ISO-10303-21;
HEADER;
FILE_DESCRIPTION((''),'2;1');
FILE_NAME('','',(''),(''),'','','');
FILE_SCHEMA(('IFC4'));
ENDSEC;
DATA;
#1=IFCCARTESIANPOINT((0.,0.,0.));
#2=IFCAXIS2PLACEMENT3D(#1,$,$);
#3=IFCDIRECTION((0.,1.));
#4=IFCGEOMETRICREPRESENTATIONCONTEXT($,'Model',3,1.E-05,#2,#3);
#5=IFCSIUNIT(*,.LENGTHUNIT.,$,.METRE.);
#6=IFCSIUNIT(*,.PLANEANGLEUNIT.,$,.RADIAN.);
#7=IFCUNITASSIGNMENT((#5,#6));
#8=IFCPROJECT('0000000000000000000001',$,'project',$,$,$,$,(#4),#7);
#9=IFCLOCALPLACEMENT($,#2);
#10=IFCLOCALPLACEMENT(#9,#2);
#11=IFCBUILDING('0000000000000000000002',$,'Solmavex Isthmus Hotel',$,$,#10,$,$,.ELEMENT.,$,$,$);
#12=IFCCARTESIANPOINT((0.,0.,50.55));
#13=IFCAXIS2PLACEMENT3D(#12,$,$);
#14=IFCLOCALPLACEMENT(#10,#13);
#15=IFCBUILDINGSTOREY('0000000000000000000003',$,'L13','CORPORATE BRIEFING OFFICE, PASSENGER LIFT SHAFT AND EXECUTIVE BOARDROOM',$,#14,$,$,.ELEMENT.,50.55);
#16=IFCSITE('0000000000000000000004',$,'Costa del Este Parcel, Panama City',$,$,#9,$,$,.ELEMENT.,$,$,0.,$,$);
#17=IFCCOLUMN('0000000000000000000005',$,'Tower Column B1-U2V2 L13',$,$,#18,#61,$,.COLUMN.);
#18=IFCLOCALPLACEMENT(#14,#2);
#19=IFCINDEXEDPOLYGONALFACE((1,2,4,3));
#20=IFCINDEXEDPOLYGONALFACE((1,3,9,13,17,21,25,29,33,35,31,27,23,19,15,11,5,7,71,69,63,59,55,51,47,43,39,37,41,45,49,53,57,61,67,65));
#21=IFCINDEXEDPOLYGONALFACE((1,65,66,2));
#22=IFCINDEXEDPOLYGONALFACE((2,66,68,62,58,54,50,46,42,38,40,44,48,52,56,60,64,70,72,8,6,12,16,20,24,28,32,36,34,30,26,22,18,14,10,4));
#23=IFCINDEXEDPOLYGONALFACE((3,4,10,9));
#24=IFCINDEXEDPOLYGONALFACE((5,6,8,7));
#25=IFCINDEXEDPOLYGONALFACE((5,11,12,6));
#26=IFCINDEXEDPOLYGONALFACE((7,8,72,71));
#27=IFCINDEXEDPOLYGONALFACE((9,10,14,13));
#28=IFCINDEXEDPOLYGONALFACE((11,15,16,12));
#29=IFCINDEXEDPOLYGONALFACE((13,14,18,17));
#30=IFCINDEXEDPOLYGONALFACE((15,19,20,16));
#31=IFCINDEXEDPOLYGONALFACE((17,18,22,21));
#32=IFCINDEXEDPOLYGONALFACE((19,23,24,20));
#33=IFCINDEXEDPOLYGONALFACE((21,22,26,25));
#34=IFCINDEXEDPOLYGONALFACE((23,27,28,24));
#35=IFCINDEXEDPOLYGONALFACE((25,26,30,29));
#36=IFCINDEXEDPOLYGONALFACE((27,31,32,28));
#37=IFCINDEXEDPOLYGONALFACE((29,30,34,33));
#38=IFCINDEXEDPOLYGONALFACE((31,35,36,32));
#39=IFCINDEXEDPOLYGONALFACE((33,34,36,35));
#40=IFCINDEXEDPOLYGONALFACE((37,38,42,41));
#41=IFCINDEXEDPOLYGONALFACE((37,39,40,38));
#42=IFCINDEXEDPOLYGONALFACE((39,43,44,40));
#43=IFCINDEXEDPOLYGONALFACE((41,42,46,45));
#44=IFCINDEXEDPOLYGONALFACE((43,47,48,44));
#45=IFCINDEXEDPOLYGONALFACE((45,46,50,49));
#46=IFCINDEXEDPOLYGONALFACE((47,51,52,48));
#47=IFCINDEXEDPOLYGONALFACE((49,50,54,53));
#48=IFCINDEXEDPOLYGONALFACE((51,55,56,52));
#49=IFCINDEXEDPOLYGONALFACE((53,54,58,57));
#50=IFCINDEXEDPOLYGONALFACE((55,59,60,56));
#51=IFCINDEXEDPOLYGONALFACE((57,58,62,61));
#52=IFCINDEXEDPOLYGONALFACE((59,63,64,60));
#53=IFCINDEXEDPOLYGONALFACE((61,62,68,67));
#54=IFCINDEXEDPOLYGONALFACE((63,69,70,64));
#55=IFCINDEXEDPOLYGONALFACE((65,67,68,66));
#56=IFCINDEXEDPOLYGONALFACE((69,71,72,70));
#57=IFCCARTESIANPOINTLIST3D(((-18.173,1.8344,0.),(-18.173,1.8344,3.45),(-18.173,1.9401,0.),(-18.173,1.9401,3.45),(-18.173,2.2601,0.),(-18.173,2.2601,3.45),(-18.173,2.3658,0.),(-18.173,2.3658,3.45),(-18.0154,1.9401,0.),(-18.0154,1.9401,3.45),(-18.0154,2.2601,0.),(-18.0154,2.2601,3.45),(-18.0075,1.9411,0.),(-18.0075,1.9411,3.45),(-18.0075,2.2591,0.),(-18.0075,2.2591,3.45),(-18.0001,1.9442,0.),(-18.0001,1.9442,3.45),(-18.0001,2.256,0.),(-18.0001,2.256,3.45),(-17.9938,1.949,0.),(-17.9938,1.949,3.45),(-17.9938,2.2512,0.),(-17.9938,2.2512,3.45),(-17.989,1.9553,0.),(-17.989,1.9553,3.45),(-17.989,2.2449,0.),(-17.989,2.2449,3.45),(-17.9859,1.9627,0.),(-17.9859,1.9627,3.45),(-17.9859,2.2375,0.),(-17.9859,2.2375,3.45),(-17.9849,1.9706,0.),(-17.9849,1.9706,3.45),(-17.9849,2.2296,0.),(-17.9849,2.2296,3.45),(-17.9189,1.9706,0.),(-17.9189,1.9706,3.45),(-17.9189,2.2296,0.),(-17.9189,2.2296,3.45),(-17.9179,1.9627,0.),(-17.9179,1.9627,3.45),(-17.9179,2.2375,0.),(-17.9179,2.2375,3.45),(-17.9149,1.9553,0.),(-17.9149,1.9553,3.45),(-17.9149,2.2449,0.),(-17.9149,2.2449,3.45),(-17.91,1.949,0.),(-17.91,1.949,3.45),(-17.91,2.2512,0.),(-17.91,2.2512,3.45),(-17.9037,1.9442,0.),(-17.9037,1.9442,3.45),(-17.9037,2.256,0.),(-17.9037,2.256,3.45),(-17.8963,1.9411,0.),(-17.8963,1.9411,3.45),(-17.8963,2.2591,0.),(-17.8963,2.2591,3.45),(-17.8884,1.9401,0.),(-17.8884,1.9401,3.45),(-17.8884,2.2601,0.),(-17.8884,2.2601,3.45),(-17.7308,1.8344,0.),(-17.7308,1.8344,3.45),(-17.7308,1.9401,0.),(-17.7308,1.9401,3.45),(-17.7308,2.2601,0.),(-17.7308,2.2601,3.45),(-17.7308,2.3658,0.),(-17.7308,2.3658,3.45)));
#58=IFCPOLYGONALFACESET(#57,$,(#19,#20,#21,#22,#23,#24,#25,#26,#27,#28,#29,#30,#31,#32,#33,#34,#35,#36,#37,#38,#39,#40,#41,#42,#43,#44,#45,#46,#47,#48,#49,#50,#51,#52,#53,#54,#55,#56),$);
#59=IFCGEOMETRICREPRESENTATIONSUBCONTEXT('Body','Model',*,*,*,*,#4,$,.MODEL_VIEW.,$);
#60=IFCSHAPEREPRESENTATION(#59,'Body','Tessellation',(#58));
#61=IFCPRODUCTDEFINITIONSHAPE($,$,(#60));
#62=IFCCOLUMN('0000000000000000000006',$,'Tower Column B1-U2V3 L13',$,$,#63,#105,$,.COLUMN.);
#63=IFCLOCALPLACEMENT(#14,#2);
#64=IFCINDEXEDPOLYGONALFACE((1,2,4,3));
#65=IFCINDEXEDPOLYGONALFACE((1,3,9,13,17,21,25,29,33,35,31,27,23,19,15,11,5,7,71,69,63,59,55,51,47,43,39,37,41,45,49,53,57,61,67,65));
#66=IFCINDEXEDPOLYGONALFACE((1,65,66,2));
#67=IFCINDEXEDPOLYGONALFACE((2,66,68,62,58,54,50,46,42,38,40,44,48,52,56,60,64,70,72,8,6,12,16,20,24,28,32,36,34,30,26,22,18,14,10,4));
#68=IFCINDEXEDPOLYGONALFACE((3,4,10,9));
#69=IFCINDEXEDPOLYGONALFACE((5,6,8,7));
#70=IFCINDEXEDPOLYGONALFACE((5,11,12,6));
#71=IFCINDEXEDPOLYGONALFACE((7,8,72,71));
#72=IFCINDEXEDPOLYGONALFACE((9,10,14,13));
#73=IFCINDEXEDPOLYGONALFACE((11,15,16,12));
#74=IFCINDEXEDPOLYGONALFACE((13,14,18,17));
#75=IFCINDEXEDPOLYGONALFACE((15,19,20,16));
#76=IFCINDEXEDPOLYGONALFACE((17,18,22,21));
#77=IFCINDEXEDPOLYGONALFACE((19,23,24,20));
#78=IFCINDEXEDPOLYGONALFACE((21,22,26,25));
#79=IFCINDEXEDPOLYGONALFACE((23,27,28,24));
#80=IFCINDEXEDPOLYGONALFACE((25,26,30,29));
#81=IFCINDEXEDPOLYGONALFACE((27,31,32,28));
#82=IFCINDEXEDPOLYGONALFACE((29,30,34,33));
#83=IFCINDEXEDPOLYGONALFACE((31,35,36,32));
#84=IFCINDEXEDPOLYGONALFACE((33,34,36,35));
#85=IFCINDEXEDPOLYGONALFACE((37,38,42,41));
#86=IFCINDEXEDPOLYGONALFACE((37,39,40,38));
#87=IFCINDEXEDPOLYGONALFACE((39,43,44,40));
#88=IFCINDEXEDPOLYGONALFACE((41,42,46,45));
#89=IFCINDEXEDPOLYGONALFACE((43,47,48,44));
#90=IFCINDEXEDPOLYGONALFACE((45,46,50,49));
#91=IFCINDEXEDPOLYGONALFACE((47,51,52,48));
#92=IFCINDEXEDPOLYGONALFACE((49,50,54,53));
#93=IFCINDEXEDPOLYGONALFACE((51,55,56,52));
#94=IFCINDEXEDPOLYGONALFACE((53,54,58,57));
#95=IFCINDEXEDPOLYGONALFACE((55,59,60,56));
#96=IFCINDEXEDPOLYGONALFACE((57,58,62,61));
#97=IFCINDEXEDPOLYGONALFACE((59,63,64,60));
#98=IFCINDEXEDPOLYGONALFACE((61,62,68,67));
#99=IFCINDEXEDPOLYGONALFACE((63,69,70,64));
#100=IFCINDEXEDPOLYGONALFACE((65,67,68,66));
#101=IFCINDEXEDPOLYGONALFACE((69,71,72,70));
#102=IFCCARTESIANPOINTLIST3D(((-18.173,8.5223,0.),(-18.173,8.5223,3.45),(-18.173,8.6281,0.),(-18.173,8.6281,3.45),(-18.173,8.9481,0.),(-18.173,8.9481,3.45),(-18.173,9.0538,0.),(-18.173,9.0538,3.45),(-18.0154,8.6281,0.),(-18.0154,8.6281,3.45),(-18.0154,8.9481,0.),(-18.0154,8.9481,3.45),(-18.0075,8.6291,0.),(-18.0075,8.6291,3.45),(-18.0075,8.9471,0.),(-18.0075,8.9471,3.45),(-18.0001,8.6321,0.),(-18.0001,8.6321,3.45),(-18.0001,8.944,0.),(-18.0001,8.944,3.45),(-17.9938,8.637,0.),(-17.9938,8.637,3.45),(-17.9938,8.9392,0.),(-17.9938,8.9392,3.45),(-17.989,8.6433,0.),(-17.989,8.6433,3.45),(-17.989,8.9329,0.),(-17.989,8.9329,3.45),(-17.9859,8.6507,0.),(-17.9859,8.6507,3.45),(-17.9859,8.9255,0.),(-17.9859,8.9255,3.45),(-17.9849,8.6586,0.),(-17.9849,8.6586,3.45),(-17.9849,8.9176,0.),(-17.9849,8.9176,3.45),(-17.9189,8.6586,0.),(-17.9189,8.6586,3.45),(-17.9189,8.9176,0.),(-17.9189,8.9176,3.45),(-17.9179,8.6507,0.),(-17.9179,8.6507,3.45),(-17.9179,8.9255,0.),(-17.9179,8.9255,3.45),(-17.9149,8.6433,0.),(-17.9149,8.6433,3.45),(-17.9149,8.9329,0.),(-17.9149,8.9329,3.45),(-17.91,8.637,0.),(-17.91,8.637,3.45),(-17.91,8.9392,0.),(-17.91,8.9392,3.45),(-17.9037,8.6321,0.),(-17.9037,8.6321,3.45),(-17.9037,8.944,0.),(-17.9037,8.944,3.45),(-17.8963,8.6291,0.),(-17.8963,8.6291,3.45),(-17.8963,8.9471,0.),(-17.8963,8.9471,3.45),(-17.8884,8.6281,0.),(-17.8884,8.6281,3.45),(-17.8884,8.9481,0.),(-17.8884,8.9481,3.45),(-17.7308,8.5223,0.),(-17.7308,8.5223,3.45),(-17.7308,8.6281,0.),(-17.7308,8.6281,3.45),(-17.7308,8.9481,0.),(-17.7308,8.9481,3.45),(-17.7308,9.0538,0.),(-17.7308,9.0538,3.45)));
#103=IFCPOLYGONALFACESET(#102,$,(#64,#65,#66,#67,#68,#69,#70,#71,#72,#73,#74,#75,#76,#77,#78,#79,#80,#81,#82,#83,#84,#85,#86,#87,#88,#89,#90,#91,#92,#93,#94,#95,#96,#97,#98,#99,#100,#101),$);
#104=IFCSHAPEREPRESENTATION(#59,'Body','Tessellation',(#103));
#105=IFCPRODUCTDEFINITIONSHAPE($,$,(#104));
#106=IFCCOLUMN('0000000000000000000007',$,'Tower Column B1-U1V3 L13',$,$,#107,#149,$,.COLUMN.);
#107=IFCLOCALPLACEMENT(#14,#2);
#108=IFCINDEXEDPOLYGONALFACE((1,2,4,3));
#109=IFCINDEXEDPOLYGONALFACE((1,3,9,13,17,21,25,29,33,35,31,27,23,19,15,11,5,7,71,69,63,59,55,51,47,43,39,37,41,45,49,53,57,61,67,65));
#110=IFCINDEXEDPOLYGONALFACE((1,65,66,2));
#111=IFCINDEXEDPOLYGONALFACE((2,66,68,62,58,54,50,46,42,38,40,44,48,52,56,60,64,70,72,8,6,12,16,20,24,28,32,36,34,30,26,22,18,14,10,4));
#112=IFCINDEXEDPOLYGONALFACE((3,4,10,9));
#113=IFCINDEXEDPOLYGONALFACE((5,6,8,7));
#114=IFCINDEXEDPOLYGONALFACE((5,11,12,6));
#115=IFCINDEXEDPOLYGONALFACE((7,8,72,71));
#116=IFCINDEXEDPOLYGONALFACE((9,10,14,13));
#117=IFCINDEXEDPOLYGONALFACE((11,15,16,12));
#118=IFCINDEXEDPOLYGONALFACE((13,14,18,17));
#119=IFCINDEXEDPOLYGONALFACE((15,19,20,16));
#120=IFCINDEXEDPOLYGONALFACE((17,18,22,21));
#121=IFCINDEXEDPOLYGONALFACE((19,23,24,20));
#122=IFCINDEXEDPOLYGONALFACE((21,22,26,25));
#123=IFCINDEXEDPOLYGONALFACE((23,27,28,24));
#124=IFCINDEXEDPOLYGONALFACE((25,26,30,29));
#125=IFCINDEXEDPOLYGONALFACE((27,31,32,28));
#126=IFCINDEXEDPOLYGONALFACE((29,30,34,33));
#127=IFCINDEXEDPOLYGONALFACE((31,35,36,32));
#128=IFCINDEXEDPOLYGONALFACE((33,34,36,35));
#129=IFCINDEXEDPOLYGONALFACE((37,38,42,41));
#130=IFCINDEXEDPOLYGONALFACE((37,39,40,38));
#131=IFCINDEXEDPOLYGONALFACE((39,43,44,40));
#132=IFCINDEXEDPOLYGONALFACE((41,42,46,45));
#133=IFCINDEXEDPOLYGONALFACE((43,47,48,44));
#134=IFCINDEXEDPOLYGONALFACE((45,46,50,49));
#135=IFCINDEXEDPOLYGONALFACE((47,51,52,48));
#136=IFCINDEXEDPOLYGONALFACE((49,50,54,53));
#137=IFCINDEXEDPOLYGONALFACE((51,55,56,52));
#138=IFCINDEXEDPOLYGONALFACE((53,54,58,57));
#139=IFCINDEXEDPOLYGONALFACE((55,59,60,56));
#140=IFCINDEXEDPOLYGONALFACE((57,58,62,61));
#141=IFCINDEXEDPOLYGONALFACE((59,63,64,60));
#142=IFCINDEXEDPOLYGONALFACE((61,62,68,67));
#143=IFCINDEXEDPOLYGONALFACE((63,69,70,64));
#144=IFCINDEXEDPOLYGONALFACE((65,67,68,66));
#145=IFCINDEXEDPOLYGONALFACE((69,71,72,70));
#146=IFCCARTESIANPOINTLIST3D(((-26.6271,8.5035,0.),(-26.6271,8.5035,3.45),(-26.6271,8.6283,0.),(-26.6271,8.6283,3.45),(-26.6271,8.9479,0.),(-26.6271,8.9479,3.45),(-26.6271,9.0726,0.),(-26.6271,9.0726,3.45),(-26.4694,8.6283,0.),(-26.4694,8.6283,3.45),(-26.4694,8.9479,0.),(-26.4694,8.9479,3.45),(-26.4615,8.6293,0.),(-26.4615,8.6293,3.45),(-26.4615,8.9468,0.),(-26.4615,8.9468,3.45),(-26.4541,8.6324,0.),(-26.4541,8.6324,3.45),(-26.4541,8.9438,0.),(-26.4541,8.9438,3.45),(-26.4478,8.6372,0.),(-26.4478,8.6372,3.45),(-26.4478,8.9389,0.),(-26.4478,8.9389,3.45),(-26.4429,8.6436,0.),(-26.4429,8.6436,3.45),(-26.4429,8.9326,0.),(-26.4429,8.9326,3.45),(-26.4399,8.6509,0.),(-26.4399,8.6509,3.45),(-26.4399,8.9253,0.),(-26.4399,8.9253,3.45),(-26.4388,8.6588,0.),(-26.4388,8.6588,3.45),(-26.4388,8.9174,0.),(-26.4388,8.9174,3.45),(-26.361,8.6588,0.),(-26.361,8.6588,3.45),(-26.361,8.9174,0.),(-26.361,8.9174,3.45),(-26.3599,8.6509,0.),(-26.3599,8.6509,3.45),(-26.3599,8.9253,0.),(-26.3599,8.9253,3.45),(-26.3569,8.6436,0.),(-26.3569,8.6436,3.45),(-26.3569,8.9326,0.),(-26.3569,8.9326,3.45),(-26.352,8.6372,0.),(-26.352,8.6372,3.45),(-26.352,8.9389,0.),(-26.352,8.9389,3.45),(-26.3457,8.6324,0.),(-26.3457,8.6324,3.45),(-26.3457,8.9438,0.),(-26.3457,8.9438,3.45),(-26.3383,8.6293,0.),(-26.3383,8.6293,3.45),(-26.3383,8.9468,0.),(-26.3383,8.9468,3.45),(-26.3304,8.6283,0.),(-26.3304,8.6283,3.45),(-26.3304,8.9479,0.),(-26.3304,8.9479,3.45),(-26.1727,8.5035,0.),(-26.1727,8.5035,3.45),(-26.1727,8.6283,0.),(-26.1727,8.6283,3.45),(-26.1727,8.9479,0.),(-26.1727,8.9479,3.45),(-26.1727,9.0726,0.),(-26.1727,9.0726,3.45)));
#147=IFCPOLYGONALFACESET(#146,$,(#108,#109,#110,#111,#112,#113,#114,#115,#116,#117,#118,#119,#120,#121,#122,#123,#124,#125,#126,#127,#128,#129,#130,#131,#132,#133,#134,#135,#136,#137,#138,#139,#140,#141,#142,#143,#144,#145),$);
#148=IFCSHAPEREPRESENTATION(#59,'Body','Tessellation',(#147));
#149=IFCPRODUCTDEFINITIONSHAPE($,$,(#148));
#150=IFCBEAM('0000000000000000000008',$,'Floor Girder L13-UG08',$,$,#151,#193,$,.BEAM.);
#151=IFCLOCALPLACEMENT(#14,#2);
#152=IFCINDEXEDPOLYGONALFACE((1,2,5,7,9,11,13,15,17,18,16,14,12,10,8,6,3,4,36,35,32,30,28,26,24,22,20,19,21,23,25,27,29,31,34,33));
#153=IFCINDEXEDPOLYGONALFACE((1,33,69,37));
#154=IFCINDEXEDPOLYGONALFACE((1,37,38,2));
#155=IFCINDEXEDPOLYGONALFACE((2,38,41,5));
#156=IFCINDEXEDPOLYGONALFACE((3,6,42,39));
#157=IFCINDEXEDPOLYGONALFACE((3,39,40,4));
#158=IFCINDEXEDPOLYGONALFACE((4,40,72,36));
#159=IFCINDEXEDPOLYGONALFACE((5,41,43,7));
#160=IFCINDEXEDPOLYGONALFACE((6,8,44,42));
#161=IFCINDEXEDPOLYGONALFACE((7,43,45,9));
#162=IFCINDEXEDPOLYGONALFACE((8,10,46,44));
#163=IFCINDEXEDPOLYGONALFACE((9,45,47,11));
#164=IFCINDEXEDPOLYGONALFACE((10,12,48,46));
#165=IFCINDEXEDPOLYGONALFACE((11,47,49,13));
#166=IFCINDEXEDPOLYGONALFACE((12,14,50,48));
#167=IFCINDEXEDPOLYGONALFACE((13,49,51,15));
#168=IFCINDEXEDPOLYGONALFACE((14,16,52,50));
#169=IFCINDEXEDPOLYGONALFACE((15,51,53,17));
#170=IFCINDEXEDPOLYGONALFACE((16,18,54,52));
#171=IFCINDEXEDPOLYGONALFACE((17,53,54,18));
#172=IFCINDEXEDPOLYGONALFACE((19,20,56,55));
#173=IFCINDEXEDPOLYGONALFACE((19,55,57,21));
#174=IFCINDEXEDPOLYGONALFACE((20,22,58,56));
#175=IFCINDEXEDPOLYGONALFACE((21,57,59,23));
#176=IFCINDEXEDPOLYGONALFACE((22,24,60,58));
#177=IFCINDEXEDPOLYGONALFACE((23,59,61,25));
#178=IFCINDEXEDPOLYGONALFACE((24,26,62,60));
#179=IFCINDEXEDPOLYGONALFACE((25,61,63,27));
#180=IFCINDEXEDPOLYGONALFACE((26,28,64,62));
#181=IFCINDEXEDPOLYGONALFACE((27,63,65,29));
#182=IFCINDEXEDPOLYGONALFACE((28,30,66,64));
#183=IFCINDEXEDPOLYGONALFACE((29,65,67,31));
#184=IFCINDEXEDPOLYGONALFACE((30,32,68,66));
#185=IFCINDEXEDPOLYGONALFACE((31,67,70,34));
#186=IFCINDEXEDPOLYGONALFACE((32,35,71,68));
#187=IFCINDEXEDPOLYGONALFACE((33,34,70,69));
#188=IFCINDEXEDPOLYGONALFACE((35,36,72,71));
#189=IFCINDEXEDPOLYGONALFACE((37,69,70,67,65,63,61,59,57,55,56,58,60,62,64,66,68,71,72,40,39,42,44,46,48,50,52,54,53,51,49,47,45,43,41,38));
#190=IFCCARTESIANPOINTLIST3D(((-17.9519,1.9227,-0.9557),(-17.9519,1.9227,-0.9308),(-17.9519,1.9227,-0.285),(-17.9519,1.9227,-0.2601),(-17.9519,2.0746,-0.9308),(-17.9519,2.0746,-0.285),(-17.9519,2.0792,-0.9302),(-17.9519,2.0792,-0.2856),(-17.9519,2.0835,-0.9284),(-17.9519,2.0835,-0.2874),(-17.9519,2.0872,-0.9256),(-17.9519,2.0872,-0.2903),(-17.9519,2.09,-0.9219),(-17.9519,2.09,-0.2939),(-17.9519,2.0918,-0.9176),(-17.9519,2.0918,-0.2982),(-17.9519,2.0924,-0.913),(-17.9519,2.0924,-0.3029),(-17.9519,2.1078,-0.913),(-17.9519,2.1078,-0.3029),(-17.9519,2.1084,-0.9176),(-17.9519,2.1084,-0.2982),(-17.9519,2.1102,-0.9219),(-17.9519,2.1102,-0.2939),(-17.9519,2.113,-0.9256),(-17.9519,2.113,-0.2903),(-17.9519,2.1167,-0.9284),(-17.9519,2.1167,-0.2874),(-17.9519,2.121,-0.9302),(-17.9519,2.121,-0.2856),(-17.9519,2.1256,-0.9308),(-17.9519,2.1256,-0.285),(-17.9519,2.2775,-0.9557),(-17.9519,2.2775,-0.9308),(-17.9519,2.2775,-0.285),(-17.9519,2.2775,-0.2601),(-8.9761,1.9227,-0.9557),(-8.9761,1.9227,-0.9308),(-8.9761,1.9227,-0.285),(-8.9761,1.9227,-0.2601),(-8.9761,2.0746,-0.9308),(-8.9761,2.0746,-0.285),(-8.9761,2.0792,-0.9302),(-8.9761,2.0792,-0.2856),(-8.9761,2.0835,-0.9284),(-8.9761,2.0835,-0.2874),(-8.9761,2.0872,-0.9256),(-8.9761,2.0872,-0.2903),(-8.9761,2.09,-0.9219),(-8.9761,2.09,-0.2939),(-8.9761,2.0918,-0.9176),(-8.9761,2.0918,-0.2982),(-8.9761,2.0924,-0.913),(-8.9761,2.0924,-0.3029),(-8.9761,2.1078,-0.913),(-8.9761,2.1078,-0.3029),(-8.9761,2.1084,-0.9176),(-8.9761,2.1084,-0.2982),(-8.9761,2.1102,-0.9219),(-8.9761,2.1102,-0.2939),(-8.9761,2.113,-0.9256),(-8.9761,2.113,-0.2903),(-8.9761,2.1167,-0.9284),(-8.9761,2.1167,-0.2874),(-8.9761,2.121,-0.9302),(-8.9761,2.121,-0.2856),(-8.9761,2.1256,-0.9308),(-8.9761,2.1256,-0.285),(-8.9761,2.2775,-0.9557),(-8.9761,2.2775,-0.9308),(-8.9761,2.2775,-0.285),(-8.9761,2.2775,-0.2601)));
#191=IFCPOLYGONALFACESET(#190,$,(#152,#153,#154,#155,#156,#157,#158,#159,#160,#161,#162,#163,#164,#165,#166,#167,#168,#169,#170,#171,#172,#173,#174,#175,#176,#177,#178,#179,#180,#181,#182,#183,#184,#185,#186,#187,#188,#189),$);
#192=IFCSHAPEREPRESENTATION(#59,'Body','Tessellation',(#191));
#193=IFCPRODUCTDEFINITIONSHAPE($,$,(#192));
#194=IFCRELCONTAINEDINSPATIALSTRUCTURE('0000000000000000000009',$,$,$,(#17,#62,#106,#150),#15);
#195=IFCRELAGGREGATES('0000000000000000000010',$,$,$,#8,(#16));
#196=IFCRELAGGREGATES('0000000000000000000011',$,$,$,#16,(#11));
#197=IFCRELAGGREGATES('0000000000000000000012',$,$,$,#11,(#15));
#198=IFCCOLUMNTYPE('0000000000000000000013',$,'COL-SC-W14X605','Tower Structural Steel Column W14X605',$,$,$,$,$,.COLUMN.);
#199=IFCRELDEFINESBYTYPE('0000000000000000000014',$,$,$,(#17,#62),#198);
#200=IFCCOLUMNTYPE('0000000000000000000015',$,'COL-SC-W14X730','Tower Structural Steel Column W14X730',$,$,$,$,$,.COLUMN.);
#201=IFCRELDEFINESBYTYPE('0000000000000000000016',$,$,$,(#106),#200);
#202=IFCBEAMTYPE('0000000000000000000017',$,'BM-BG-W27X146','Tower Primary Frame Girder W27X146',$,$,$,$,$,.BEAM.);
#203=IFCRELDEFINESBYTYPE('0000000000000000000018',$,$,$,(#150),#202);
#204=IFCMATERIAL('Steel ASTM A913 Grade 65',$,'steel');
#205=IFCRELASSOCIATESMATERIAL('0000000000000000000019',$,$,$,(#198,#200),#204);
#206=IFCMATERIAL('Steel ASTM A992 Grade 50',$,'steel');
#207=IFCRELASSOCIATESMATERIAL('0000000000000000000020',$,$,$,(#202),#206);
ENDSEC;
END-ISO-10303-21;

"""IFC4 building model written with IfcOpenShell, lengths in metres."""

from ifc_helpers import new_model, si_unit, direction, frame, origin, origin_2d, place, context, subcontext, project, spatial, i_section, extrude, material, material_profile, profile_set, type_object, element, save


model = new_model("IFC4")

# Units and contexts
model_context = context("Model", 3, precision=1e-05, world=origin(), true_north=direction((0.0, 1.0)))
body_context = subcontext(model_context, "Body", "Model", "MODEL_VIEW")
ifc_project = project(units=[si_unit("LENGTHUNIT", "METRE"), si_unit("PLANEANGLEUNIT", "RADIAN")], contexts=[model_context])

# Site, building, storey
site_placement = place(None, origin())
site = spatial("IfcSite", under=ifc_project, at=site_placement, Name="Costa del Este Parcel, Panama City", CompositionType="ELEMENT", RefElevation=0.0)
building_placement = place(site_placement, origin())
building = spatial("IfcBuilding", under=site, at=building_placement, Name="Solmavex Isthmus Hotel", CompositionType="ELEMENT")
storey_placement = place(building_placement, frame((0.0, 0.0, 50.55)))
storey = spatial("IfcBuildingStorey", under=building, at=storey_placement, Name="L13", Description="CORPORATE BRIEFING OFFICE, PASSENGER LIFT SHAFT AND EXECUTIVE BOARDROOM", CompositionType="ELEMENT", Elevation=50.55)

# Columns
ifc_material_1 = material(Name="Steel ASTM A913 Grade 65", Category="steel")
ifc_material_profile_1 = material_profile(ifc_material_1, i_section(OverallWidth=0.4421, OverallDepth=0.5315, WebThickness=0.0659, FlangeThickness=0.1057, FilletRadius=0.0305, at=origin_2d()), Name="W14X605")
ifc_profile_set_1 = profile_set([ifc_material_profile_1], Name="Steel ASTM A913 Grade 65")
column_type_1 = type_object("IfcColumnType", Name="COL-SC-W14X605", Description="Tower Structural Steel Column W14X605", PredefinedType="COLUMN", material=ifc_profile_set_1)
for number, where, z_axis, x_axis, name in (
    (1, (-17.9519, 2.1001, 0.0), (0.0, 0.0, 1.0), (1.0, 0.0, 0.0), "Tower Column B1-U2V2 L13"),
    (2, (-17.9519, 8.7881, 0.0), (0.0, 0.0, 1.0), (1.0, 0.0, 0.0), "Tower Column B1-U2V3 L13"),
):
    element("IfcColumn", number, at=place(storey_placement, frame(where, z_axis=z_axis, x_axis=x_axis)), inside=storey, type_object=column_type_1, Name=name, PredefinedType="COLUMN", context=body_context, shape_type="SweptSolid", body=[
        extrude(i_section(OverallWidth=0.4421, OverallDepth=0.5315, WebThickness=0.0659, FlangeThickness=0.1057, FilletRadius=0.0305, at=origin_2d()), origin(), (0.0, 0.0, 1.0), 3.45),
    ])
ifc_material_profile_2 = material_profile(ifc_material_1, i_section(OverallWidth=0.4543, OverallDepth=0.5691, WebThickness=0.0779, FlangeThickness=0.1248, FilletRadius=0.0305, at=origin_2d()), Name="W14X730")
ifc_profile_set_2 = profile_set([ifc_material_profile_2], Name="Steel ASTM A913 Grade 65")
column_type_2 = type_object("IfcColumnType", Name="COL-SC-W14X730", Description="Tower Structural Steel Column W14X730", PredefinedType="COLUMN", material=ifc_profile_set_2)
column_placement = place(storey_placement, frame((-26.3999, 8.7881, 0.0), z_axis=(0.0, 0.0, 1.0), x_axis=(1.0, 0.0, 0.0)))
element("IfcColumn", 3, at=column_placement, inside=storey, type_object=column_type_2, Name="Tower Column B1-U1V3 L13", PredefinedType="COLUMN", context=body_context, shape_type="SweptSolid", body=[
    extrude(i_section(OverallWidth=0.4543, OverallDepth=0.5691, WebThickness=0.0779, FlangeThickness=0.1248, FilletRadius=0.0305, at=origin_2d()), origin(), (0.0, 0.0, 1.0), 3.45),
])

# Beam
ifc_material_2 = material(Name="Steel ASTM A992 Grade 50", Category="steel")
ifc_material_profile_3 = material_profile(ifc_material_2, i_section(OverallWidth=0.3547, OverallDepth=0.6956, WebThickness=0.0154, FlangeThickness=0.0249, FilletRadius=0.0178, at=origin_2d()), Name="W27X146")
ifc_profile_set_3 = profile_set([ifc_material_profile_3], Name="Steel ASTM A992 Grade 50")
beam_type_1 = type_object("IfcBeamType", Name="BM-BG-W27X146", Description="Tower Primary Frame Girder W27X146", PredefinedType="BEAM", material=ifc_profile_set_3)
beam_1_placement = place(storey_placement, frame((-17.9519, 2.1001, -0.6079), z_axis=(1.0, 0.0, 0.0), x_axis=(0.0, 1.0, 0.0)))
element("IfcBeam", 4, at=beam_1_placement, inside=storey, type_object=beam_type_1, Name="Floor Girder L13-UG08", PredefinedType="BEAM", context=body_context, shape_type="SweptSolid", body=[
    extrude(i_section(OverallWidth=0.3547, OverallDepth=0.6956, WebThickness=0.0154, FlangeThickness=0.0249, FilletRadius=0.0178, at=origin_2d()), origin(), (0.0, 0.0, 1.0), 8.9758),
])

save(model, "model.ifc")
